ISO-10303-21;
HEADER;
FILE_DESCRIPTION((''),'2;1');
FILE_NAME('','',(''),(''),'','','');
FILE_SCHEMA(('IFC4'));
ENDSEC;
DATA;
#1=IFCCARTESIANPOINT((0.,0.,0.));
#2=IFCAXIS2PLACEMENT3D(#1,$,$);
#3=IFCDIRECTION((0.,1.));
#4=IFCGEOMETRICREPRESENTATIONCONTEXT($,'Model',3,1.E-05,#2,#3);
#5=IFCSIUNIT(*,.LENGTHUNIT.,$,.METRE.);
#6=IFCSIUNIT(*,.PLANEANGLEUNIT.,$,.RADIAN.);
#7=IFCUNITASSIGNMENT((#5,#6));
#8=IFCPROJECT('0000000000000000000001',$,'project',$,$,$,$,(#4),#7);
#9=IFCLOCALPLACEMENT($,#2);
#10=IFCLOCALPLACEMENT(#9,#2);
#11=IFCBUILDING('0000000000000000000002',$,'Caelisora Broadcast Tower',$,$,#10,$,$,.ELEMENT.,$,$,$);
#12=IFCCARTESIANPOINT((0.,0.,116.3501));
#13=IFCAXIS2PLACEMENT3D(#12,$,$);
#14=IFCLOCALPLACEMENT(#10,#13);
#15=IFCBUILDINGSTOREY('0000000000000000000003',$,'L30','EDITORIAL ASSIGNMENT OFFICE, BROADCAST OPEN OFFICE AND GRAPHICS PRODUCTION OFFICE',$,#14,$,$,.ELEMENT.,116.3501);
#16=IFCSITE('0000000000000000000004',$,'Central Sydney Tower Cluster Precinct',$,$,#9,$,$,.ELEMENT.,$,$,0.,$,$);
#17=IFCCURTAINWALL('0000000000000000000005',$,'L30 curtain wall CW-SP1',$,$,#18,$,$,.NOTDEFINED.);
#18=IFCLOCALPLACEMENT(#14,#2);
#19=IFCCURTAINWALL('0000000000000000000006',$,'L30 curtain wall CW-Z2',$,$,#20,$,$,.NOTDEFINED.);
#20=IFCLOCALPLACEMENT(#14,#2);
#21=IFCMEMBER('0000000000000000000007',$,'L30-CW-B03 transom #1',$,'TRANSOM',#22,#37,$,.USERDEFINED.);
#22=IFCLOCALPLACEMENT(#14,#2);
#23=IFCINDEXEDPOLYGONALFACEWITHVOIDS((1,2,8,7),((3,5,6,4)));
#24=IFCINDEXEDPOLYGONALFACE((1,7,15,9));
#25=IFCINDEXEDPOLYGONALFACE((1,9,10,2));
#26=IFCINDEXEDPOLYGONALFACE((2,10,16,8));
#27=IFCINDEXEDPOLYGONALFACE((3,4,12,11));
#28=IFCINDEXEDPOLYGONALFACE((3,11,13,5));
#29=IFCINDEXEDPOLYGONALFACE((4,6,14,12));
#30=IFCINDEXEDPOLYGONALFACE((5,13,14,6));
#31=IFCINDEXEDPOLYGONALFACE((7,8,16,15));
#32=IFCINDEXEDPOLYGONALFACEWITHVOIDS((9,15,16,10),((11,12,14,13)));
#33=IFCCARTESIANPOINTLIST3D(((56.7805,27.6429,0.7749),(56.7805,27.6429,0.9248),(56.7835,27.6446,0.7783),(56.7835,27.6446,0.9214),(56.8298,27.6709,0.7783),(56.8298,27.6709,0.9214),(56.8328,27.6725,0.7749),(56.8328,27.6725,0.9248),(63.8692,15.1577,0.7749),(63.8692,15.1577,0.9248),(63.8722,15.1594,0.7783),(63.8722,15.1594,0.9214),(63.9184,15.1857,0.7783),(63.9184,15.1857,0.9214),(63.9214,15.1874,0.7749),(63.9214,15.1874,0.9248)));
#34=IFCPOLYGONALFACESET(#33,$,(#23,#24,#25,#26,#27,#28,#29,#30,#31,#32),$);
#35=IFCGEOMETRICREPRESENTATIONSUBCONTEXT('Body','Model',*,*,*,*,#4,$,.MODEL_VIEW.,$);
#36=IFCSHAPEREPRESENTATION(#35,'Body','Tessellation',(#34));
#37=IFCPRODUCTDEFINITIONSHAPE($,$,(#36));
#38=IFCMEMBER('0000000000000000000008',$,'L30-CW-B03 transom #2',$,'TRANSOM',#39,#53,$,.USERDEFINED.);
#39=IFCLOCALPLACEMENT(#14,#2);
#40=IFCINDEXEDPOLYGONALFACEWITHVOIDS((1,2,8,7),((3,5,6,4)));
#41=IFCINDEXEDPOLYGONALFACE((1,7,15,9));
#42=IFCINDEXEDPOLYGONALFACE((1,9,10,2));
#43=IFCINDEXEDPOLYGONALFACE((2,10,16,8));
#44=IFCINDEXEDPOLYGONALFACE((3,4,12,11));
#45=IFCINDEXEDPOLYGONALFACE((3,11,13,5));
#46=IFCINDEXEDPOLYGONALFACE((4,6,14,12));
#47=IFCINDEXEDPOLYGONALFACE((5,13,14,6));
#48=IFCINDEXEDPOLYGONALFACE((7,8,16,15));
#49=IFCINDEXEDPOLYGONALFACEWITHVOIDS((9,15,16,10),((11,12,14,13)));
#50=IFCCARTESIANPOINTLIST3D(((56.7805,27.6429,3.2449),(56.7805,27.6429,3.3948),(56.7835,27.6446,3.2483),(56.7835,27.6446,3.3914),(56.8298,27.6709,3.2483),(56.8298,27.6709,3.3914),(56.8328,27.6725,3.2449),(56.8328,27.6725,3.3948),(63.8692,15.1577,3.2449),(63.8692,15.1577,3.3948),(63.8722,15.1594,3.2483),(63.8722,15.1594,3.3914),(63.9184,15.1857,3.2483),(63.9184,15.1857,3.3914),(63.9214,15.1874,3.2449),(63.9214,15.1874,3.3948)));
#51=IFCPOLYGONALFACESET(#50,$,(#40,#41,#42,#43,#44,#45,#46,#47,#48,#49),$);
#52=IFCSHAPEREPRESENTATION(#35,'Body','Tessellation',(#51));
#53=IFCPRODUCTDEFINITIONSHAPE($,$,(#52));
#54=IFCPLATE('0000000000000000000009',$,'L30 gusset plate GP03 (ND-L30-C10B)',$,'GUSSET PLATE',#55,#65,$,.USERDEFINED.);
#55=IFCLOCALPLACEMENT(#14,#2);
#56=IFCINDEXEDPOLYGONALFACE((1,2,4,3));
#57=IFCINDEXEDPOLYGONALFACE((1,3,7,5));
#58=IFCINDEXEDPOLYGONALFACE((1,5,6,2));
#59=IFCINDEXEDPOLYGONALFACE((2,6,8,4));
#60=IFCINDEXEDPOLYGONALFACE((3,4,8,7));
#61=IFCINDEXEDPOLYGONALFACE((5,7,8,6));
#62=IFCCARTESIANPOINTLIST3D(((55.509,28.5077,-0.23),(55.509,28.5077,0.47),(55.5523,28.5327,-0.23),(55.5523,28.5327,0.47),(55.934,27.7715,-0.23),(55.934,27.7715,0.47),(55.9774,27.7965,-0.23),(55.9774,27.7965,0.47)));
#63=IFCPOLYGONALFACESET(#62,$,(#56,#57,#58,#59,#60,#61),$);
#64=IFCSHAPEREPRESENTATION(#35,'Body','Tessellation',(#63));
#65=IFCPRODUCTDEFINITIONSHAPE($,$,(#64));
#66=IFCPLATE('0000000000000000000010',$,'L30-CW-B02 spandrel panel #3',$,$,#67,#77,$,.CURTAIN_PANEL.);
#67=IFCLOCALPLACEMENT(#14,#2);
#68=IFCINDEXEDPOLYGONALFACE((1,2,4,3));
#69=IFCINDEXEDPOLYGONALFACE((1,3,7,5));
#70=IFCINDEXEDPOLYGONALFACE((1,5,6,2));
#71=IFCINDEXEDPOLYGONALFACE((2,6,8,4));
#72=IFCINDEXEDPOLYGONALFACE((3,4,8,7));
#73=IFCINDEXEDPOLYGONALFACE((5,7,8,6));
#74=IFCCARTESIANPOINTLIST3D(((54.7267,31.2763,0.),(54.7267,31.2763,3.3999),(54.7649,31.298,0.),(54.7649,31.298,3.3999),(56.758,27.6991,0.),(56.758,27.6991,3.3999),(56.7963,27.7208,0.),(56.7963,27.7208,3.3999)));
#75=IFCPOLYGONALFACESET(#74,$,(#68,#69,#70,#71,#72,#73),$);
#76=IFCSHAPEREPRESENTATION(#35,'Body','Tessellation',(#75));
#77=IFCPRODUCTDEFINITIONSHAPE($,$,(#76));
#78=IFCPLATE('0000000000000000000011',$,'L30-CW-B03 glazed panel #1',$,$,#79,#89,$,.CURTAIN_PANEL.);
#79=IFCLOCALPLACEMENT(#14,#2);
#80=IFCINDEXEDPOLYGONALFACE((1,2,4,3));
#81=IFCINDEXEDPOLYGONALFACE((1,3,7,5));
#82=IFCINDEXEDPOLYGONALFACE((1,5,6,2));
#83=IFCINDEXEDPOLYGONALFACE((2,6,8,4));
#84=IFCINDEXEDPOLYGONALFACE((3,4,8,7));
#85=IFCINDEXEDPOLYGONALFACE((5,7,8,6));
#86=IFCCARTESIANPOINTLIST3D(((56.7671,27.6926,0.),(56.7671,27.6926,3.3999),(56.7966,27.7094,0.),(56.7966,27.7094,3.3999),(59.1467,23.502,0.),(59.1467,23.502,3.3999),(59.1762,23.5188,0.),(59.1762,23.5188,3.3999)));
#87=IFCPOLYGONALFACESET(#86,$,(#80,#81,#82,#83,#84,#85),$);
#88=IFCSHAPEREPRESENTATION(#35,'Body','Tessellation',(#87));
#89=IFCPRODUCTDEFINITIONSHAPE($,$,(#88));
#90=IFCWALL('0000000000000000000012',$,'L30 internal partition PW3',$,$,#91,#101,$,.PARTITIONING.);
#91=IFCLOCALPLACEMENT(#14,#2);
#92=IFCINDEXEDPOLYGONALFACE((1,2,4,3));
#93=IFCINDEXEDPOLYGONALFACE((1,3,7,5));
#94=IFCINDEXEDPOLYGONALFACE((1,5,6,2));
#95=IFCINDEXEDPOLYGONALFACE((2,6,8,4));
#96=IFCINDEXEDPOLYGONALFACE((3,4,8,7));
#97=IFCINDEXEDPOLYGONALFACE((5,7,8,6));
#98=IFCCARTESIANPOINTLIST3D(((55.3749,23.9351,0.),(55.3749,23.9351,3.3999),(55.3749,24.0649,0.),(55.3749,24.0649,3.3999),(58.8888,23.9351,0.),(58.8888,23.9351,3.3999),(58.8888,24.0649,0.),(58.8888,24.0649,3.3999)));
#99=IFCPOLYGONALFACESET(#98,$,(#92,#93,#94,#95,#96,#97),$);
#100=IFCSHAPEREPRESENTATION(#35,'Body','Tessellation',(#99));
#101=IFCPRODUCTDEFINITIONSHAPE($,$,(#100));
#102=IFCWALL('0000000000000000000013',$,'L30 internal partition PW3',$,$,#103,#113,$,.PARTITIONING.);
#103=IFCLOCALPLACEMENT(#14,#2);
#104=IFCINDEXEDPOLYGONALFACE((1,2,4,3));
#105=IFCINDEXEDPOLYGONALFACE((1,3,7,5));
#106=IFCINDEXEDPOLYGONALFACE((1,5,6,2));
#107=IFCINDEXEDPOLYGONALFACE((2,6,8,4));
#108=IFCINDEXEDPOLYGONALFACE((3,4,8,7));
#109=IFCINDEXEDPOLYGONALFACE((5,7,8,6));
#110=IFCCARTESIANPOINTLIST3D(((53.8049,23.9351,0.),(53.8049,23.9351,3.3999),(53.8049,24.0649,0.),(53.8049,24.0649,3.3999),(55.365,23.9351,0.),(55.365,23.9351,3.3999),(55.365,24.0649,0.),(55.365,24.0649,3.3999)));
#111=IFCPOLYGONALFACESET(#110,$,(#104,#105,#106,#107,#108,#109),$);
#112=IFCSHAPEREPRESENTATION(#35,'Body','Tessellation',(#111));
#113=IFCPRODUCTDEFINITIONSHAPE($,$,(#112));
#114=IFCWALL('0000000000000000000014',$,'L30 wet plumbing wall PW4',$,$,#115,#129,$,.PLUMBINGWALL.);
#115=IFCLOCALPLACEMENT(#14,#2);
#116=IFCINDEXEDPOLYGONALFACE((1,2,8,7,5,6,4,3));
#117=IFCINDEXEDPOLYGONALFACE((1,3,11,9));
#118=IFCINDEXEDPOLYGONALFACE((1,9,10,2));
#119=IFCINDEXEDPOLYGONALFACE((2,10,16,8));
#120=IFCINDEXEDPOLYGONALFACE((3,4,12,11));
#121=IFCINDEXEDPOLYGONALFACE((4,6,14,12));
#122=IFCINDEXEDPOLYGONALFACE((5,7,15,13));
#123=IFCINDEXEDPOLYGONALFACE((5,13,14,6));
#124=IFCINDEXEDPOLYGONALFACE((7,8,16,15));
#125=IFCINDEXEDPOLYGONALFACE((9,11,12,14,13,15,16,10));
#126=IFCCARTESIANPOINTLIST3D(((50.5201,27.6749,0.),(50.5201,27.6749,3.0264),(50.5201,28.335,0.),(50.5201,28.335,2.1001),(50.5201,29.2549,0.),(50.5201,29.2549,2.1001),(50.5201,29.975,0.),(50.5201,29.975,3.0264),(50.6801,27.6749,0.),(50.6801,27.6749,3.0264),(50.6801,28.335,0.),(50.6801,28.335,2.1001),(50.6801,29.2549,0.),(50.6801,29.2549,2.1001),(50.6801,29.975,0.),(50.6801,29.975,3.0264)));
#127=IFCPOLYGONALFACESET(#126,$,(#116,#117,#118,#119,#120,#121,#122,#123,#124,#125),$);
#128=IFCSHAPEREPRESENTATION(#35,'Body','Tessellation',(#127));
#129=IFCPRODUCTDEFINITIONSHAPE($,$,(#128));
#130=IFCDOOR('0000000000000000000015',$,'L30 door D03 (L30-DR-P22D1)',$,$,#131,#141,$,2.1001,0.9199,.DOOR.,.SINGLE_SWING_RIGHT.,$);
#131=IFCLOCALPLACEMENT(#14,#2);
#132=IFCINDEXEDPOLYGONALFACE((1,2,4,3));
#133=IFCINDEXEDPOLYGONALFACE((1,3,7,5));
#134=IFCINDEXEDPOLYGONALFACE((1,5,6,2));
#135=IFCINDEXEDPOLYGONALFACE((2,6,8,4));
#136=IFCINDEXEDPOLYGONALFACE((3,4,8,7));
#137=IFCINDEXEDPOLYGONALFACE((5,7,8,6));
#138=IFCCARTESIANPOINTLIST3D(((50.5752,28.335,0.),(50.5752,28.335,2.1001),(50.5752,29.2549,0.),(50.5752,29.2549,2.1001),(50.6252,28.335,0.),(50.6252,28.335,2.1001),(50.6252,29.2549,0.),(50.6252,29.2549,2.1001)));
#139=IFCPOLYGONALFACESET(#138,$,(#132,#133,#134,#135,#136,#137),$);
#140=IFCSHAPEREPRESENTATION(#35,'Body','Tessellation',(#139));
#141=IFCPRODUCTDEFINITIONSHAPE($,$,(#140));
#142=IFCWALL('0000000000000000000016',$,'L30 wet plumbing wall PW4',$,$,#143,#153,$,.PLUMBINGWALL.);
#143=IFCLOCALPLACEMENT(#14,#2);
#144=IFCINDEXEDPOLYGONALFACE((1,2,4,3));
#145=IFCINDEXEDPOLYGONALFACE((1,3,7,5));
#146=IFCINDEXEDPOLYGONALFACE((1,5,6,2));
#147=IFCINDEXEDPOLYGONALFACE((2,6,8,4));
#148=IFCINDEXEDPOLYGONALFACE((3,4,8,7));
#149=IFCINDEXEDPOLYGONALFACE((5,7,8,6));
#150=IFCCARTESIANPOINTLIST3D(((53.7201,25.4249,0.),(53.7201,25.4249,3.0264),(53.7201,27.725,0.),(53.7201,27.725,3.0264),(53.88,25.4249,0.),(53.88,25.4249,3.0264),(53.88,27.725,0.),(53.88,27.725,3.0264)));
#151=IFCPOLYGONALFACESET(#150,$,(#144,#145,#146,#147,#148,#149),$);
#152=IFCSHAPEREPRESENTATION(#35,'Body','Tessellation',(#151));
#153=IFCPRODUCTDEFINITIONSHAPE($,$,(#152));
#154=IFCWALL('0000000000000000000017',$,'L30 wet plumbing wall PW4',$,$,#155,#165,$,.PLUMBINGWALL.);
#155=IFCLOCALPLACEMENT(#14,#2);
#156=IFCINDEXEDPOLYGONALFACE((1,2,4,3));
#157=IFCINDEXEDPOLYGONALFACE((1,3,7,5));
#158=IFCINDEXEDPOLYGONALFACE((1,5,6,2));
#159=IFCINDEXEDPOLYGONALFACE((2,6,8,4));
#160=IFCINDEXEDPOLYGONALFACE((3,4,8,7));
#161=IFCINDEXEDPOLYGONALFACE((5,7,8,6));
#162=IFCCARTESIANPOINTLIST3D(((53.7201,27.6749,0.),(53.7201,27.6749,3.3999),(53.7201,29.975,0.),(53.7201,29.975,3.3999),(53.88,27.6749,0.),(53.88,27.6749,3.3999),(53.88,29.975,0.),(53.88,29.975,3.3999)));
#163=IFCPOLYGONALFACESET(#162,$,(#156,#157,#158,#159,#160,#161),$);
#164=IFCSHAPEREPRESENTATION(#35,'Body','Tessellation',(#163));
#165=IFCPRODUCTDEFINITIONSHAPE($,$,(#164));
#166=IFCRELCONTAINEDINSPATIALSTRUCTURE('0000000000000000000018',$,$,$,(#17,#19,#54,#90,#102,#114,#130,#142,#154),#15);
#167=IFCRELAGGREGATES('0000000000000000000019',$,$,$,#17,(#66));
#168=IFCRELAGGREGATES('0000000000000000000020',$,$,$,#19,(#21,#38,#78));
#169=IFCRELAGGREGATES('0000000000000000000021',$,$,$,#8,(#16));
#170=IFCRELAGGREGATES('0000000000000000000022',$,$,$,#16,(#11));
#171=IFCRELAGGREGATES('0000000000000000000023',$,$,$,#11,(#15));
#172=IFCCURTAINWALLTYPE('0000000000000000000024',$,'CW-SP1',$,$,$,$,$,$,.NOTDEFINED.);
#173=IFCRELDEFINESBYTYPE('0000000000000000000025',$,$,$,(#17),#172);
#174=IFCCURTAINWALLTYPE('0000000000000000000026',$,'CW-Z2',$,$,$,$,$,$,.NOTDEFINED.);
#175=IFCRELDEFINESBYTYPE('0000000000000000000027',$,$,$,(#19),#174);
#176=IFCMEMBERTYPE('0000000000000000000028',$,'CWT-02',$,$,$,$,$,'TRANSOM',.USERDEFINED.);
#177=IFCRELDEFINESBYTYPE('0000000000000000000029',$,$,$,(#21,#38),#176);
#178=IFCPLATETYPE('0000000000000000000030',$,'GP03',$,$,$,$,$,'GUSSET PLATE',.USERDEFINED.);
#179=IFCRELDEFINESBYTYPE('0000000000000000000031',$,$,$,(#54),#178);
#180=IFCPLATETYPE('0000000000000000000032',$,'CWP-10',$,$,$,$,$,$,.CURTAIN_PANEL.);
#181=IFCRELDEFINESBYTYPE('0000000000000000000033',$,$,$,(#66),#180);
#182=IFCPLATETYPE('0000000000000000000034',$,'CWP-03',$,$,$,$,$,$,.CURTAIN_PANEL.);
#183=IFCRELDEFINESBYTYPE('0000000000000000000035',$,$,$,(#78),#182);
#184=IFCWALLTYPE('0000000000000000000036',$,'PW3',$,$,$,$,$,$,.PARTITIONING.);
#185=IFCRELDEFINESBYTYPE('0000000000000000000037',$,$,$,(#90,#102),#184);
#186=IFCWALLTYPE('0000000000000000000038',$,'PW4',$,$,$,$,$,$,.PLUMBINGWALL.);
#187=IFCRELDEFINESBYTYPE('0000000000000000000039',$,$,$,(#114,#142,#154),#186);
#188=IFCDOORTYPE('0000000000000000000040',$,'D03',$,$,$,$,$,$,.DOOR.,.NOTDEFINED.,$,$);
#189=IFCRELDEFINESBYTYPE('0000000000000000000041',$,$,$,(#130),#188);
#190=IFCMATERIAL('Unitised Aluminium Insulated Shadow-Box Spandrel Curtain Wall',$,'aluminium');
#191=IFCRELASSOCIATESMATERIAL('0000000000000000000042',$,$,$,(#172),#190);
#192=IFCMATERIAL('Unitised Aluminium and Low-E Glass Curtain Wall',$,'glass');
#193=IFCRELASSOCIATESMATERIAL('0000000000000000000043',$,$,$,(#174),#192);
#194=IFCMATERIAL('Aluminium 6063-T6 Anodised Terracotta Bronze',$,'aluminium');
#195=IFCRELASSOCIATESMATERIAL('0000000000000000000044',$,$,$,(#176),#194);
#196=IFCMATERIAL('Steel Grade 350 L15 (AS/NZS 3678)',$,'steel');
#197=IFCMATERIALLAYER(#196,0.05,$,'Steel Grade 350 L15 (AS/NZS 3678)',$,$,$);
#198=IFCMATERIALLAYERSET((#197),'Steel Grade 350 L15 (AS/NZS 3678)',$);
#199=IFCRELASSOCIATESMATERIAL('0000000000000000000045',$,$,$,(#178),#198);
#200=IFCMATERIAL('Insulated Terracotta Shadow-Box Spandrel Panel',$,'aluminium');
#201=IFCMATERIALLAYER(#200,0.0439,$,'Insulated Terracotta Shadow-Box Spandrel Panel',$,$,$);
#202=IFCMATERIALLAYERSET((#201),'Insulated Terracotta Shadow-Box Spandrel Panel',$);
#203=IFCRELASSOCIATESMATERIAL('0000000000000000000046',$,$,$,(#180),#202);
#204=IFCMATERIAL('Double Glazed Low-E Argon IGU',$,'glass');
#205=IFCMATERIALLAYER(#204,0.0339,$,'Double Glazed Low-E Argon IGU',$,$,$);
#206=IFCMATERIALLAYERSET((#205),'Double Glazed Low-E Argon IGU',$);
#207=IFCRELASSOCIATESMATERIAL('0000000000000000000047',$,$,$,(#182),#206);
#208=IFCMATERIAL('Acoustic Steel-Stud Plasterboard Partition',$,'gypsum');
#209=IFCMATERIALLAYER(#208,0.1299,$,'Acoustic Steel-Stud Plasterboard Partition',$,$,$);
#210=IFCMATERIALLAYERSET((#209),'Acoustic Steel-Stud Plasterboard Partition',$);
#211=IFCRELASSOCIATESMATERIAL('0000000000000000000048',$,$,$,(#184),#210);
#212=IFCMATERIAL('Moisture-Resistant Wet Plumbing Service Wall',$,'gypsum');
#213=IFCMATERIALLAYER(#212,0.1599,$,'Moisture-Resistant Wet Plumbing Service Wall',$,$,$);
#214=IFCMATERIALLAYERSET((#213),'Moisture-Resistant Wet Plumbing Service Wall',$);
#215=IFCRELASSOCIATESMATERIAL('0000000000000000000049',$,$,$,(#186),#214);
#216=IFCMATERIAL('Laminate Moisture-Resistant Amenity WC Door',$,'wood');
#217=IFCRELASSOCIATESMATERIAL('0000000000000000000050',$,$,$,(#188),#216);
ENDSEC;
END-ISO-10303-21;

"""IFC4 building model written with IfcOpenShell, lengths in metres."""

from ifc_helpers import new_model, si_unit, direction, frame, frame_2d, origin, origin_2d, place, context, subcontext, project, spatial, rectangle, hollow_rectangle, extrude, source, transform, mapped, material, layer, layer_set, material_profile, profile_set, type_object, type_shapes, element, fill, aggregate, save


model = new_model("IFC4")

# Units and contexts
model_context = context("Model", 3, precision=1e-05, world=origin(), true_north=direction((0.0, 1.0)))
body_context = subcontext(model_context, "Body", "Model", "MODEL_VIEW")
ifc_project = project(units=[si_unit("LENGTHUNIT", "METRE"), si_unit("PLANEANGLEUNIT", "RADIAN")], contexts=[model_context])

# Site, building, storey
site_placement = place(None, origin())
site = spatial("IfcSite", under=ifc_project, at=site_placement, Name="Central Sydney Tower Cluster Precinct", CompositionType="ELEMENT", RefElevation=0.0)
building_placement = place(site_placement, origin())
building = spatial("IfcBuilding", under=site, at=building_placement, Name="Caelisora Broadcast Tower", CompositionType="ELEMENT")
storey_placement = place(building_placement, frame((0.0, 0.0, 116.3501)))
storey = spatial("IfcBuildingStorey", under=building, at=storey_placement, Name="L30", Description="EDITORIAL ASSIGNMENT OFFICE, BROADCAST OPEN OFFICE AND GRAPHICS PRODUCTION OFFICE", CompositionType="ELEMENT", Elevation=116.3501)

# Shared definitions
ifc_material_1 = material(Name="Steel Grade 350 L15 (AS/NZS 3678)", Category="steel")

# Curtain wall
ifc_material_2 = material(Name="Unitised Aluminium Insulated Shadow-Box Spandrel Curtain Wall", Category="aluminium")
curtain_wall_type_1 = type_object("IfcCurtainWallType", Name="CW-SP1", PredefinedType="NOTDEFINED", material=ifc_material_2)
curtain_wall_1_placement = place(storey_placement, origin())
curtain_wall_1 = element("IfcCurtainWall", 1, at=curtain_wall_1_placement, inside=storey, type_object=curtain_wall_type_1, Name="L30 curtain wall CW-SP1", PredefinedType="NOTDEFINED")
ifc_material_3 = material(Name="Aluminium 6063-T6 Anodised Terracotta Bronze", Category="aluminium")

# Curtain wall, members
ifc_material_4 = material(Name="Unitised Aluminium and Low-E Glass Curtain Wall", Category="glass")
curtain_wall_type_2 = type_object("IfcCurtainWallType", Name="CW-Z2", PredefinedType="NOTDEFINED", material=ifc_material_4)
curtain_wall_2_placement = place(storey_placement, origin())
curtain_wall_2 = element("IfcCurtainWall", 2, at=curtain_wall_2_placement, inside=storey, type_object=curtain_wall_type_2, Name="L30 curtain wall CW-Z2", PredefinedType="NOTDEFINED")
ifc_material_profile_1 = material_profile(ifc_material_3, hollow_rectangle(XDim=0.0601, YDim=0.1499, WallThickness=0.0034, at=origin_2d()), Name="Aluminium 6063-T6 Anodised Terracotta Bronze")
ifc_profile_set_1 = profile_set([ifc_material_profile_1], Name="Aluminium 6063-T6 Anodised Terracotta Bronze")
member_type_1 = type_object("IfcMemberType", Name="CWT-02", ElementType="TRANSOM", PredefinedType="USERDEFINED", material=ifc_profile_set_1)
shared_shape_1 = source(origin(), body_context, "Body", "SweptSolid", [
    extrude(hollow_rectangle(XDim=0.0601, YDim=0.1499, WallThickness=0.0034, at=origin_2d()), origin(), (0.0, 0.0, 1.0), 14.3572),
])
type_shapes(member_type_1, [shared_shape_1])
member_1_placement = place(storey_placement, frame((56.8066, 27.6577, 0.8499), z_axis=(0.493736, -0.869612, 0.0), x_axis=(0.869612, 0.493736, 0.0)))
member_1 = element("IfcMember", 3, at=member_1_placement, type_object=member_type_1, Name="L30-CW-B03 transom #1", ObjectType="TRANSOM", PredefinedType="USERDEFINED", context=body_context, shape_type="MappedRepresentation", body=[
    mapped(shared_shape_1, transform((0.0, 0.0, 0.0), scale=1.0)),
])
member_2_placement = place(storey_placement, frame((56.8066, 27.6577, 3.3198), z_axis=(0.493736, -0.869612, 0.0), x_axis=(0.869612, 0.493736, 0.0)))
member_2 = element("IfcMember", 4, at=member_2_placement, type_object=member_type_1, Name="L30-CW-B03 transom #2", ObjectType="TRANSOM", PredefinedType="USERDEFINED", context=body_context, shape_type="MappedRepresentation", body=[
    mapped(shared_shape_1, transform((0.0, 0.0, 0.0), scale=1.0)),
])

# Plates
ifc_layer_1 = layer(ifc_material_1, 0.05, Name="Steel Grade 350 L15 (AS/NZS 3678)")
ifc_layer_set_1 = layer_set([ifc_layer_1], Name="Steel Grade 350 L15 (AS/NZS 3678)")
plate_type_1 = type_object("IfcPlateType", Name="GP03", ElementType="GUSSET PLATE", PredefinedType="USERDEFINED", material=ifc_layer_set_1)
shared_shape_2 = source(origin(), body_context, "Body", "SweptSolid", [
    extrude(rectangle(XDim=0.8501, YDim=0.05, at=origin_2d()), origin(), (0.0, 0.0, 1.0), 0.7),
])
type_shapes(plate_type_1, [shared_shape_2])
plate_1_placement = place(storey_placement, frame((55.7432, 28.1521, -0.23), z_axis=(0.0, 0.0, 1.0), x_axis=(-0.5, 0.866025, 0.0)))
element("IfcPlate", 5, at=plate_1_placement, inside=storey, type_object=plate_type_1, Name="L30 gusset plate GP03 (ND-L30-C10B)", ObjectType="GUSSET PLATE", PredefinedType="USERDEFINED", context=body_context, shape_type="MappedRepresentation", body=[
    mapped(shared_shape_2, transform((0.0, 0.0, 0.0), scale=1.0)),
])
ifc_material_5 = material(Name="Insulated Terracotta Shadow-Box Spandrel Panel", Category="aluminium")
ifc_layer_2 = layer(ifc_material_5, 0.0439, Name="Insulated Terracotta Shadow-Box Spandrel Panel")
ifc_layer_set_2 = layer_set([ifc_layer_2], Name="Insulated Terracotta Shadow-Box Spandrel Panel")
plate_type_2 = type_object("IfcPlateType", Name="CWP-10", PredefinedType="CURTAIN_PANEL", material=ifc_layer_set_2)
shared_shape_3 = source(origin(), body_context, "Body", "SweptSolid", [
    extrude(rectangle(XDim=4.1138, YDim=0.0439, at=origin_2d()), origin(), (0.0, 0.0, 1.0), 3.3999),
])
type_shapes(plate_type_2, [shared_shape_3])
plate_2_placement = place(storey_placement, frame((55.7615, 29.4985, 0.0), z_axis=(0.0, 0.0, 1.0), x_axis=(0.49379, -0.869581, 0.0)))
plate_2 = element("IfcPlate", 6, at=plate_2_placement, type_object=plate_type_2, Name="L30-CW-B02 spandrel panel #3", PredefinedType="CURTAIN_PANEL", context=body_context, shape_type="MappedRepresentation", body=[
    mapped(shared_shape_3, transform((0.0, 0.0, 0.0), scale=1.0)),
])
aggregate(curtain_wall_1, [plate_2])
ifc_material_6 = material(Name="Double Glazed Low-E Argon IGU", Category="glass")
ifc_layer_3 = layer(ifc_material_6, 0.0339, Name="Double Glazed Low-E Argon IGU")
ifc_layer_set_3 = layer_set([ifc_layer_3], Name="Double Glazed Low-E Argon IGU")
plate_type_3 = type_object("IfcPlateType", Name="CWP-03", PredefinedType="CURTAIN_PANEL", material=ifc_layer_set_3)
shared_shape_4 = source(origin(), body_context, "Body", "SweptSolid", [
    extrude(rectangle(XDim=4.8191, YDim=0.0339, at=origin_2d()), origin(), (0.0, 0.0, 1.0), 3.3999),
])
type_shapes(plate_type_3, [shared_shape_4])
plate_3_placement = place(storey_placement, frame((57.9717, 25.6057, 0.0), z_axis=(0.0, 0.0, 1.0), x_axis=(0.49379, -0.869581, 0.0)))
plate_3 = element("IfcPlate", 7, at=plate_3_placement, type_object=plate_type_3, Name="L30-CW-B03 glazed panel #1", PredefinedType="CURTAIN_PANEL", context=body_context, shape_type="MappedRepresentation", body=[
    mapped(shared_shape_4, transform((0.0, 0.0, 0.0), scale=1.0)),
])
aggregate(curtain_wall_2, [member_1, member_2, plate_3])

# Walls
ifc_material_7 = material(Name="Acoustic Steel-Stud Plasterboard Partition", Category="gypsum")
ifc_layer_4 = layer(ifc_material_7, 0.1299, Name="Acoustic Steel-Stud Plasterboard Partition")
ifc_layer_set_4 = layer_set([ifc_layer_4], Name="Acoustic Steel-Stud Plasterboard Partition")
wall_type_1 = type_object("IfcWallType", Name="PW3", PredefinedType="PARTITIONING", material=ifc_layer_set_4)
wall_1_placement = place(storey_placement, frame((55.375, 24.0, 0.0), z_axis=(0.0, 0.0, 1.0), x_axis=(1.0, 0.0, 0.0)))
element("IfcWall", 8, at=wall_1_placement, inside=storey, type_object=wall_type_1, Name="L30 internal partition PW3", PredefinedType="PARTITIONING", context=body_context, shape_type="SweptSolid", body=[
    extrude(rectangle(XDim=3.5139, YDim=0.1299, at=frame_2d((1.7568, 0.0))), origin(), (0.0, 0.0, 1.0), 3.3999),
])
wall_2_placement = place(storey_placement, frame((53.8049, 24.0, 0.0), z_axis=(0.0, 0.0, 1.0), x_axis=(1.0, 0.0, 0.0)))
element("IfcWall", 9, at=wall_2_placement, inside=storey, type_object=wall_type_1, Name="L30 internal partition PW3", PredefinedType="PARTITIONING", context=body_context, shape_type="SweptSolid", body=[
    extrude(rectangle(XDim=1.5601, YDim=0.1299, at=frame_2d((0.78, 0.0))), origin(), (0.0, 0.0, 1.0), 3.3999),
])

# Wall, opening, door
ifc_material_8 = material(Name="Moisture-Resistant Wet Plumbing Service Wall", Category="gypsum")
ifc_layer_5 = layer(ifc_material_8, 0.1599, Name="Moisture-Resistant Wet Plumbing Service Wall")
ifc_layer_set_5 = layer_set([ifc_layer_5], Name="Moisture-Resistant Wet Plumbing Service Wall")
wall_type_2 = type_object("IfcWallType", Name="PW4", PredefinedType="PLUMBINGWALL", material=ifc_layer_set_5)
wall_3_placement = place(storey_placement, frame((50.6001, 27.675, 0.0), z_axis=(0.0, 0.0, 1.0), x_axis=(0.0, 1.0, 0.0)))
wall_3 = element("IfcWall", 10, at=wall_3_placement, inside=storey, type_object=wall_type_2, Name="L30 wet plumbing wall PW4", PredefinedType="PLUMBINGWALL", context=body_context, shape_type="SweptSolid", body=[
    extrude(rectangle(XDim=2.3, YDim=0.1599, at=frame_2d((1.1499, 0.0))), origin(), (0.0, 0.0, 1.0), 3.0264),
])
opening_1_placement = place(wall_3_placement, frame((0.6599, 0.0, 0.0)))
opening_1 = element("IfcOpeningElement", 11, at=opening_1_placement, cuts=wall_3, PredefinedType="OPENING", context=body_context, shape_type="SweptSolid", body=[
    extrude(rectangle(XDim=0.9199, YDim=2.1001, at=frame_2d((0.46, 1.05))), frame((0.0, 0.092, 0.0), z_axis=(0.0, -1.0, 0.0), x_axis=(1.0, 0.0, 0.0)), (0.0, 0.0, 1.0), 0.1838),
])
ifc_material_9 = material(Name="Laminate Moisture-Resistant Amenity WC Door", Category="wood")
door_type = type_object("IfcDoorType", Name="D03", OperationType="NOTDEFINED", PredefinedType="DOOR", material=ifc_material_9)
door_1_placement = place(opening_1_placement, origin())
door_1 = element("IfcDoor", 12, at=door_1_placement, inside=storey, type_object=door_type, Name="L30 door D03 (L30-DR-P22D1)", OperationType="SINGLE_SWING_RIGHT", OverallHeight=2.1001, OverallWidth=0.9199, PredefinedType="DOOR", context=body_context, shape_type="SweptSolid", body=[
    extrude(rectangle(XDim=0.9199, YDim=2.1001, at=frame_2d((0.46, 1.05))), frame((0.0, 0.0249, 0.0), z_axis=(0.0, -1.0, 0.0), x_axis=(1.0, 0.0, 0.0)), (0.0, 0.0, 1.0), 0.05),
])
fill(opening_1, door_1)

# Walls
wall_4_placement = place(storey_placement, frame((53.8, 25.425, 0.0), z_axis=(0.0, 0.0, 1.0), x_axis=(0.0, 1.0, 0.0)))
element("IfcWall", 13, at=wall_4_placement, inside=storey, type_object=wall_type_2, Name="L30 wet plumbing wall PW4", PredefinedType="PLUMBINGWALL", context=body_context, shape_type="SweptSolid", body=[
    extrude(rectangle(XDim=2.3, YDim=0.1599, at=frame_2d((1.1499, 0.0))), origin(), (0.0, 0.0, 1.0), 3.0264),
])
wall_5_placement = place(storey_placement, frame((53.8, 27.675, 0.0), z_axis=(0.0, 0.0, 1.0), x_axis=(0.0, 1.0, 0.0)))
element("IfcWall", 14, at=wall_5_placement, inside=storey, type_object=wall_type_2, Name="L30 wet plumbing wall PW4", PredefinedType="PLUMBINGWALL", context=body_context, shape_type="SweptSolid", body=[
    extrude(rectangle(XDim=2.3, YDim=0.1599, at=frame_2d((1.1499, 0.0))), origin(), (0.0, 0.0, 1.0), 3.3999),
])

save(model, "model.ifc")
